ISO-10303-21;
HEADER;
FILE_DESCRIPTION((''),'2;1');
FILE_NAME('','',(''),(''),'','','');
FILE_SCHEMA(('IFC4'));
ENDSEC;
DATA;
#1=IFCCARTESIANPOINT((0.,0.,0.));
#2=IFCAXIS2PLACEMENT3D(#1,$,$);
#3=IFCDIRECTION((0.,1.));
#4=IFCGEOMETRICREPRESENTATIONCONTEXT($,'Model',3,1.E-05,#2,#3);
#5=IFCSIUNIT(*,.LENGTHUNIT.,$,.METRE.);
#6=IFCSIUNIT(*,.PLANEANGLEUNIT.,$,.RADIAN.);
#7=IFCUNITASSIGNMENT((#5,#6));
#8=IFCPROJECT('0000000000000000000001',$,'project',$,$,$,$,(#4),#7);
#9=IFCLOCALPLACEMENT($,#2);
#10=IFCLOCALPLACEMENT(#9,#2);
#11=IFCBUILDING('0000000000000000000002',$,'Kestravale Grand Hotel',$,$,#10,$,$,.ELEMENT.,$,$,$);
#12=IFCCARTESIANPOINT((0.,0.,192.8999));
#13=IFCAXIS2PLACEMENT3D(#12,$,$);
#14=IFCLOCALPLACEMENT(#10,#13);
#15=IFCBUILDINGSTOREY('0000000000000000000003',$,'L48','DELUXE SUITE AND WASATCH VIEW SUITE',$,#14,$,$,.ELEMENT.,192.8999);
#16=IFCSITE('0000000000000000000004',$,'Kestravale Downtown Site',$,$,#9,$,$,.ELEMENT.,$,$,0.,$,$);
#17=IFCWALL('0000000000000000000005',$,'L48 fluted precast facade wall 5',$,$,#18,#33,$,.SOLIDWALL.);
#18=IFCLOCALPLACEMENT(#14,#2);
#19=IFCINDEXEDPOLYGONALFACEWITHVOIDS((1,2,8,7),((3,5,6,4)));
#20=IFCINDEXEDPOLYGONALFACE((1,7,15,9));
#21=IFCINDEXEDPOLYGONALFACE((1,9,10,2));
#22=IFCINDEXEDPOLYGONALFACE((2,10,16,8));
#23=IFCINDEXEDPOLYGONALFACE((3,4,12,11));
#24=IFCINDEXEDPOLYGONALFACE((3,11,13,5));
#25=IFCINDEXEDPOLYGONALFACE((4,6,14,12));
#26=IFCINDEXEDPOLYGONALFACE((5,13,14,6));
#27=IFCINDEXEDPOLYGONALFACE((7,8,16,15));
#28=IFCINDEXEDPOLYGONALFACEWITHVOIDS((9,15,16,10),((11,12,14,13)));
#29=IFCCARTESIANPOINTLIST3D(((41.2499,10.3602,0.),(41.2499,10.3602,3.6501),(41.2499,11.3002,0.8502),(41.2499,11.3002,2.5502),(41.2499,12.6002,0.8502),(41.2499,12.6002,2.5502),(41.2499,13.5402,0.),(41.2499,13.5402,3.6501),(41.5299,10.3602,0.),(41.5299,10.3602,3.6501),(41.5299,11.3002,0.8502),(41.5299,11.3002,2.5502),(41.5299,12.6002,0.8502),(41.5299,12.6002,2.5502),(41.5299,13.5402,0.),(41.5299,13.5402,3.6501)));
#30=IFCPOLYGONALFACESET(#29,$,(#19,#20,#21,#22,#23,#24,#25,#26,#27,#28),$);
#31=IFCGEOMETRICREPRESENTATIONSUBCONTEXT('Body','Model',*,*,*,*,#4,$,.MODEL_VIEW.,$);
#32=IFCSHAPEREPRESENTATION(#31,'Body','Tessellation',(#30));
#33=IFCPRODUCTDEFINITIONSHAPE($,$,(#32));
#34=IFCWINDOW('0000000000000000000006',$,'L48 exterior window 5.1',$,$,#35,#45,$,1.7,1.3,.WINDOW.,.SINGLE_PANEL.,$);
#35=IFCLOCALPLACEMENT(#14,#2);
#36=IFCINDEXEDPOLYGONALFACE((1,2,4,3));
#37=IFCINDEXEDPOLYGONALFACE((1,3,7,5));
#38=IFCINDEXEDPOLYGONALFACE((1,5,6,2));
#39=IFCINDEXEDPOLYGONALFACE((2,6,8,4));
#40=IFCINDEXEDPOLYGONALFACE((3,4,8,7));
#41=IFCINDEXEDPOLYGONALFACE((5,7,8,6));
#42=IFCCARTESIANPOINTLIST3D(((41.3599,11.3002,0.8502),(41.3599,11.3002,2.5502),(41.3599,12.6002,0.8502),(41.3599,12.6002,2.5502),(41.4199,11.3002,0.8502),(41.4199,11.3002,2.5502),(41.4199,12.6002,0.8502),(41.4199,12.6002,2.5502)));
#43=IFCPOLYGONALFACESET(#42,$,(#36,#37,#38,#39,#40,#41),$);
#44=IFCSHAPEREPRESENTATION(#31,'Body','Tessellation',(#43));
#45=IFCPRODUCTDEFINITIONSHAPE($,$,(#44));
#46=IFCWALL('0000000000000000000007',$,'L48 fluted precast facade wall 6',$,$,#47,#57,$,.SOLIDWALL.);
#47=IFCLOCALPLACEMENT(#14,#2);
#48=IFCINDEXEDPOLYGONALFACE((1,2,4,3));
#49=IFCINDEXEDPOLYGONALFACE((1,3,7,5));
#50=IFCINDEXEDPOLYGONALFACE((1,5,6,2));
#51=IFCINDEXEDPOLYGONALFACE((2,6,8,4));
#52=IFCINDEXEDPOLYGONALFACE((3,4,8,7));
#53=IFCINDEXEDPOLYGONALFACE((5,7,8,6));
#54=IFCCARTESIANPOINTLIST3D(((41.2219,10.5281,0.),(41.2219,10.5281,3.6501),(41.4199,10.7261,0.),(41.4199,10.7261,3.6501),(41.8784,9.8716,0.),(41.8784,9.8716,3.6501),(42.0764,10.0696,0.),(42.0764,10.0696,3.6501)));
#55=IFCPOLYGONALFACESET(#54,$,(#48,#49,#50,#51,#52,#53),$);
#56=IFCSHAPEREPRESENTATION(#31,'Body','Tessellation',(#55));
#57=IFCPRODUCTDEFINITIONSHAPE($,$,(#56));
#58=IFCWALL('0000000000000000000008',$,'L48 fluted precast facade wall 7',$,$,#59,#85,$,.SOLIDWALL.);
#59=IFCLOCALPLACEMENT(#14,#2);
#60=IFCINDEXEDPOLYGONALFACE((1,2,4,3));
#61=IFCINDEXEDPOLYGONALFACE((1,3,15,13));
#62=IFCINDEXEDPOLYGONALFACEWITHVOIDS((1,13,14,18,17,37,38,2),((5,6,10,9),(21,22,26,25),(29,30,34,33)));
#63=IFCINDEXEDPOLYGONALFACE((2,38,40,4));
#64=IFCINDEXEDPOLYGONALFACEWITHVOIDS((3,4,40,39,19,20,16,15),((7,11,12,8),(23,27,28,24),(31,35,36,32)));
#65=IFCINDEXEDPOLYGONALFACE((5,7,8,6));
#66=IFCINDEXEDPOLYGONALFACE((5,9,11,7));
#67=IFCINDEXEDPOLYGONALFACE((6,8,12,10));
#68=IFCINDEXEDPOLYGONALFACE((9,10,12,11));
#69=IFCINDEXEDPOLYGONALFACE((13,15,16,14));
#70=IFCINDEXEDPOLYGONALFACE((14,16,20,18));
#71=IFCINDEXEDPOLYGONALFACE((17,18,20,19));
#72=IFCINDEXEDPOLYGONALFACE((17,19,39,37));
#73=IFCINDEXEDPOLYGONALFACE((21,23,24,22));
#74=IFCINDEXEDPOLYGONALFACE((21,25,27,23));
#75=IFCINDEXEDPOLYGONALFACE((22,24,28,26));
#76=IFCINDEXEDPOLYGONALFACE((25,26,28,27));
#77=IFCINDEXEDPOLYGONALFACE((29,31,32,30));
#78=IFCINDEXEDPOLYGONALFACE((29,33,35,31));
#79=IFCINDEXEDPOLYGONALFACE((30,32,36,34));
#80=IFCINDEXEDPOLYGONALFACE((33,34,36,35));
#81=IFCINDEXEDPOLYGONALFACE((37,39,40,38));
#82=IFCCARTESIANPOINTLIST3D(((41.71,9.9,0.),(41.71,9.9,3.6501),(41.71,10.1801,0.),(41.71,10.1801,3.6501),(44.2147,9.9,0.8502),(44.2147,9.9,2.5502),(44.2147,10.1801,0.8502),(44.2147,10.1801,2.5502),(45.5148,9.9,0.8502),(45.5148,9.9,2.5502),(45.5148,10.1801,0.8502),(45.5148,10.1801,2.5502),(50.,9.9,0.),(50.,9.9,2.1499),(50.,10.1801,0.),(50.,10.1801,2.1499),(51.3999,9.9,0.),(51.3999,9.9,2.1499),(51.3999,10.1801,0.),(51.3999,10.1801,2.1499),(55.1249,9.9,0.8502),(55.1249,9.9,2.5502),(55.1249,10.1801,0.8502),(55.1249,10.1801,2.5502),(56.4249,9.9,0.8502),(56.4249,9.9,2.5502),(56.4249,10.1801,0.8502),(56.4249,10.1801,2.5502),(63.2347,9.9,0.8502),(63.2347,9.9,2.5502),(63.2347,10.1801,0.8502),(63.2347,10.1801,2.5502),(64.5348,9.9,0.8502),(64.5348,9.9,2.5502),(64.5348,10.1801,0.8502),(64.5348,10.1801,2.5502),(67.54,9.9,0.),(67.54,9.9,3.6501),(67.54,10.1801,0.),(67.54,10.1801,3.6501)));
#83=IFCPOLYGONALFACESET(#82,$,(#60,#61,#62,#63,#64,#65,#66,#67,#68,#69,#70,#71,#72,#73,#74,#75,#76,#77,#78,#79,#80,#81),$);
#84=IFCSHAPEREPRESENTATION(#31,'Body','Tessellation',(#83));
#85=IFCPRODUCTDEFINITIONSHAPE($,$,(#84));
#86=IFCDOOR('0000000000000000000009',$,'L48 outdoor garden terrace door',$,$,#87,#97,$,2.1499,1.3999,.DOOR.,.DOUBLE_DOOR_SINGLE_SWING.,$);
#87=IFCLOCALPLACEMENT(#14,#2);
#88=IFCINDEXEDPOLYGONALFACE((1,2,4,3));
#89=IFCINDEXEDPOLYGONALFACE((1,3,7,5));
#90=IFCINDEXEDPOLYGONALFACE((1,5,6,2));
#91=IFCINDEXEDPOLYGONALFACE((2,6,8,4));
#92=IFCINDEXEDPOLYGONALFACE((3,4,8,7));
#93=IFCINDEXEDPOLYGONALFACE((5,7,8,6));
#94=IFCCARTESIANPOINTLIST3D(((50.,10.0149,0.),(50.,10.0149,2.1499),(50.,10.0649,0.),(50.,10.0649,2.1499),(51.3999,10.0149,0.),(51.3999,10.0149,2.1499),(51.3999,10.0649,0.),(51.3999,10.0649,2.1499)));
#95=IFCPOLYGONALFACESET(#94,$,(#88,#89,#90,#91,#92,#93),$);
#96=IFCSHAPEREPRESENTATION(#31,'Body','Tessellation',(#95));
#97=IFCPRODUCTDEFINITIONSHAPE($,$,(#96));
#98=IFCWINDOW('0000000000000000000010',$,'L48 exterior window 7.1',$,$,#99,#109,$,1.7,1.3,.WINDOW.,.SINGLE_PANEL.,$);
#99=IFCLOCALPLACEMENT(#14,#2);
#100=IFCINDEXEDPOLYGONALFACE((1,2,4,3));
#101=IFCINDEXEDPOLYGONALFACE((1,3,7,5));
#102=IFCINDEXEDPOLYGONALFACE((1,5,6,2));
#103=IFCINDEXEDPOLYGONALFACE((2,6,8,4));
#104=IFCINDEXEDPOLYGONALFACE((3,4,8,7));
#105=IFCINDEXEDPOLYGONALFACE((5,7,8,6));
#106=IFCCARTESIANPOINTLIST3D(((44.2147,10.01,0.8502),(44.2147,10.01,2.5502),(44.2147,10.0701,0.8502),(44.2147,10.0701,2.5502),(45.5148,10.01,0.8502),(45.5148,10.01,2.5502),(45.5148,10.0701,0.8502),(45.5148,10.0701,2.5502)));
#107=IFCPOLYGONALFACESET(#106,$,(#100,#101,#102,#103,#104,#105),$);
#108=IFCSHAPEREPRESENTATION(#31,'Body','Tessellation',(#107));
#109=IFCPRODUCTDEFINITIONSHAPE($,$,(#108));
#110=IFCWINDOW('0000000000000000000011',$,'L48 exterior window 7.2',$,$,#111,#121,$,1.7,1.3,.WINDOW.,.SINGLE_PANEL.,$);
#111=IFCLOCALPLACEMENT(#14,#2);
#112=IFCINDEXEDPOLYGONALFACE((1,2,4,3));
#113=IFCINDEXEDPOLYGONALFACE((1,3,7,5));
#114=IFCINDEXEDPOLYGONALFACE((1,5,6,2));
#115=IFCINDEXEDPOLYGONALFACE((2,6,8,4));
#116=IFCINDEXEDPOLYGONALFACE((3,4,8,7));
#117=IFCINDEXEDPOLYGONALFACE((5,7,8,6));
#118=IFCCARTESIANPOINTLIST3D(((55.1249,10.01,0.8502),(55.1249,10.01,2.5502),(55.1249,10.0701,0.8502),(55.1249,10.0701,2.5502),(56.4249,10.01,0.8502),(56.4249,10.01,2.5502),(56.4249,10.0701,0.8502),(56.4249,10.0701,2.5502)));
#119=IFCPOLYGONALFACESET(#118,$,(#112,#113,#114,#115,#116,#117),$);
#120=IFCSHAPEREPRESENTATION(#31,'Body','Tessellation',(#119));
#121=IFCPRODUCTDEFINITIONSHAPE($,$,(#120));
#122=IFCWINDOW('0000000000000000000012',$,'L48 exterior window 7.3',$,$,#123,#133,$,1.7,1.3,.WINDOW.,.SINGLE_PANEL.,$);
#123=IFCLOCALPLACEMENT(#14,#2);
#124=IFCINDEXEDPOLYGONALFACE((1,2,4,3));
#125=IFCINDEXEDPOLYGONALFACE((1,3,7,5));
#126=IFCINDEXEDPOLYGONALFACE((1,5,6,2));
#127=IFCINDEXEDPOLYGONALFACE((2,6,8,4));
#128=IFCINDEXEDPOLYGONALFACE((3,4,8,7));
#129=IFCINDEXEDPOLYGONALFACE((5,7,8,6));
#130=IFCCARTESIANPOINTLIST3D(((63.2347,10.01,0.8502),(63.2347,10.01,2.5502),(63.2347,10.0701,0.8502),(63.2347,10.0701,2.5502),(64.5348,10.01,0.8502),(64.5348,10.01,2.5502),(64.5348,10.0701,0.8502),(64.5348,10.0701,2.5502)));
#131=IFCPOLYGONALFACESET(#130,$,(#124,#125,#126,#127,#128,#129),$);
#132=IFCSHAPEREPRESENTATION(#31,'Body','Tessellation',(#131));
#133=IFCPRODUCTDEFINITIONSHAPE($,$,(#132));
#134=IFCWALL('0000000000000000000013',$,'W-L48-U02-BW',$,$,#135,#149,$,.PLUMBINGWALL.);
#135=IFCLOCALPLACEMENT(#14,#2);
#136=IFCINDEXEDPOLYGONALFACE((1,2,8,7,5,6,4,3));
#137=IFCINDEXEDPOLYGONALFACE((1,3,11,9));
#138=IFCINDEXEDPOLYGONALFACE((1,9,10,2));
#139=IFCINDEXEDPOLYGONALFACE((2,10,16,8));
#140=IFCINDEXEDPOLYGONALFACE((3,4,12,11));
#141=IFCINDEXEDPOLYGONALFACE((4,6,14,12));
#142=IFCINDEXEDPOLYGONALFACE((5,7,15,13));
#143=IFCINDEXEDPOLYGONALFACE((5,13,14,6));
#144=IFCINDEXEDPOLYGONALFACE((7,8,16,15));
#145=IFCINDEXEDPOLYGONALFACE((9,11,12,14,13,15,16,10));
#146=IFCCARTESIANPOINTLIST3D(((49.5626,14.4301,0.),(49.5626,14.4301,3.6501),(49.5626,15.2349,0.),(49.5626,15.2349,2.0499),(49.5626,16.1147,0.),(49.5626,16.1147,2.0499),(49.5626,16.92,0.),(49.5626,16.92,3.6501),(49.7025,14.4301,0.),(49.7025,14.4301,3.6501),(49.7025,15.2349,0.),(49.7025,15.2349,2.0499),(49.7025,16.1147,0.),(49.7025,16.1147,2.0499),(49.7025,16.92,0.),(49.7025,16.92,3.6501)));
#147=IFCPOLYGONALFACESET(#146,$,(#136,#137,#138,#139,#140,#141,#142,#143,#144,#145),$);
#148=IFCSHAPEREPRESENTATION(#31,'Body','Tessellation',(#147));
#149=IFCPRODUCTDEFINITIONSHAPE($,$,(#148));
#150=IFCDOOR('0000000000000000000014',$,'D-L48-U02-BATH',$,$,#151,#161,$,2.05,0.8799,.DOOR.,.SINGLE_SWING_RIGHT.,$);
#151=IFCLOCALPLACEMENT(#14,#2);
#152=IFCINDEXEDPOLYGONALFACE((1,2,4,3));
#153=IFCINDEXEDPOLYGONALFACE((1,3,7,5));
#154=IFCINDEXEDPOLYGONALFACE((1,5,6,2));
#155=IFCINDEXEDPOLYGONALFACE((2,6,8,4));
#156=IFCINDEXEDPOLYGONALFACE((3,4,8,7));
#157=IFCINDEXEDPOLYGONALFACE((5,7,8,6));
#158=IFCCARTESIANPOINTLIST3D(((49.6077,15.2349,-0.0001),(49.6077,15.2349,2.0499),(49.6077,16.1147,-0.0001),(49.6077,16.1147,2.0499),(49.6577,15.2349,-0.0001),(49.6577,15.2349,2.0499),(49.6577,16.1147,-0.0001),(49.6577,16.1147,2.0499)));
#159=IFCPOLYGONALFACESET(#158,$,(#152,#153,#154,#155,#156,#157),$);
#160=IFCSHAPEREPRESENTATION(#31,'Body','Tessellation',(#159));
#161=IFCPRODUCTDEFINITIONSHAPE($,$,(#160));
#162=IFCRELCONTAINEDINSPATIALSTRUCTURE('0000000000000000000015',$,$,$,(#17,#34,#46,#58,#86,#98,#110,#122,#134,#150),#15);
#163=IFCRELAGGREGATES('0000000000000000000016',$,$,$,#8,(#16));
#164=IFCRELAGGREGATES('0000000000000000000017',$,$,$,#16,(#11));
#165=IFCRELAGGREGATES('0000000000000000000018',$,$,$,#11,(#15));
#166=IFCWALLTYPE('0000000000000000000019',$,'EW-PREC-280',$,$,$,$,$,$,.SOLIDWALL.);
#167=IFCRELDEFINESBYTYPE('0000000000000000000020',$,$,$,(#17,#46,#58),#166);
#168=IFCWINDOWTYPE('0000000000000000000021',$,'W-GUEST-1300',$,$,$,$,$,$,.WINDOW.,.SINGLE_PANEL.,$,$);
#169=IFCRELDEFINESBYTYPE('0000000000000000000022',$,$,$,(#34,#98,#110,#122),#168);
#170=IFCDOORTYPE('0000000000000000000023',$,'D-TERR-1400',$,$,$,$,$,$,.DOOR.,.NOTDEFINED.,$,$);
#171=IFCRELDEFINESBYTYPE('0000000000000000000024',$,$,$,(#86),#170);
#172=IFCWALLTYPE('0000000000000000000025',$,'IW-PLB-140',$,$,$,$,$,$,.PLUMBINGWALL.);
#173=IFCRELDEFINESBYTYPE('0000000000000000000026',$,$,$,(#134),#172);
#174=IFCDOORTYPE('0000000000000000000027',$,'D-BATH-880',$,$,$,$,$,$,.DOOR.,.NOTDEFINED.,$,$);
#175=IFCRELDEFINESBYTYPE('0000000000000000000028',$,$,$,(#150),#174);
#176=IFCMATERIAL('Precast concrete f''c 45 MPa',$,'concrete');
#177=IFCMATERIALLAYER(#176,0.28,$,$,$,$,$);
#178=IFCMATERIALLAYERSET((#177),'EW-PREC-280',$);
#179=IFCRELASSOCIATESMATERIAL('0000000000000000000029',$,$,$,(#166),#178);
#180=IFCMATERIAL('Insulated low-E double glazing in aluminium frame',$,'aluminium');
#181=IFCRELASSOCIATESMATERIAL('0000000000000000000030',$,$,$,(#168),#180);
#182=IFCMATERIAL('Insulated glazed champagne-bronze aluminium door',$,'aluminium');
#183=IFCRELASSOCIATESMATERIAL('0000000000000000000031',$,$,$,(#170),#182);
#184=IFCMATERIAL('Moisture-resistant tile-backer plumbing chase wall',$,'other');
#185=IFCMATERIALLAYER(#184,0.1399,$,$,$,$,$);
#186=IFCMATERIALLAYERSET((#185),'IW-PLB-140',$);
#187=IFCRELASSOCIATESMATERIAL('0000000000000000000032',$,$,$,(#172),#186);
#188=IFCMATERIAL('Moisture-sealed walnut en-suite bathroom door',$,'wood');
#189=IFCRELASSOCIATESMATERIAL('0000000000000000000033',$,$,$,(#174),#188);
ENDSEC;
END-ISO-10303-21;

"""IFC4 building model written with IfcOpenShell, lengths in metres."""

from ifc_helpers import new_model, si_unit, direction, frame, frame_2d, origin, place, context, subcontext, project, spatial, rectangle, extrude, material, layer, layer_set, type_object, element, fill, save


model = new_model("IFC4")

# Units and contexts
model_context = context("Model", 3, precision=1e-05, world=origin(), true_north=direction((0.0, 1.0)))
body_context = subcontext(model_context, "Body", "Model", "MODEL_VIEW")
ifc_project = project(units=[si_unit("LENGTHUNIT", "METRE"), si_unit("PLANEANGLEUNIT", "RADIAN")], contexts=[model_context])

# Site, building, storey
site_placement = place(None, origin())
site = spatial("IfcSite", under=ifc_project, at=site_placement, Name="Kestravale Downtown Site", CompositionType="ELEMENT", RefElevation=0.0)
building_placement = place(site_placement, origin())
building = spatial("IfcBuilding", under=site, at=building_placement, Name="Kestravale Grand Hotel", CompositionType="ELEMENT")
storey_placement = place(building_placement, frame((0.0, 0.0, 192.8999)))
storey = spatial("IfcBuildingStorey", under=building, at=storey_placement, Name="L48", Description="DELUXE SUITE AND WASATCH VIEW SUITE", CompositionType="ELEMENT", Elevation=192.8999)

# Wall, opening, window
ifc_material_1 = material(Name="Precast concrete f'c 45 MPa", Category="concrete")
ifc_layer_1 = layer(ifc_material_1, 0.28)
ifc_layer_set_1 = layer_set([ifc_layer_1], Name="EW-PREC-280")
wall_type_1 = type_object("IfcWallType", Name="EW-PREC-280", PredefinedType="SOLIDWALL", material=ifc_layer_set_1)
wall_1_placement = place(storey_placement, frame((41.3899, 13.54, 0.0), z_axis=(0.0, 0.0, 1.0), x_axis=(0.0, -1.0, 0.0)))
wall_1 = element("IfcWall", 1, at=wall_1_placement, inside=storey, type_object=wall_type_1, Name="L48 fluted precast facade wall 5", PredefinedType="SOLIDWALL", context=body_context, shape_type="SweptSolid", body=[
    extrude(rectangle(XDim=3.1799, YDim=0.28, at=frame_2d((1.5898, 0.0))), origin(), (0.0, 0.0, 1.0), 3.6501),
])
opening_1_placement = place(wall_1_placement, frame((0.9399, 0.0, 0.8501)))
opening_1 = element("IfcOpeningElement", 2, at=opening_1_placement, cuts=wall_1, PredefinedType="OPENING", context=body_context, shape_type="SweptSolid", body=[
    extrude(rectangle(XDim=1.3, YDim=1.7, at=frame_2d((0.6499, 0.8501))), frame((0.0, 0.1499, 0.0), z_axis=(0.0, -1.0, 0.0), x_axis=(1.0, 0.0, 0.0)), (0.0, 0.0, 1.0), 0.3),
])
ifc_material_2 = material(Name="Insulated low-E double glazing in aluminium frame", Category="aluminium")
window_type = type_object("IfcWindowType", Name="W-GUEST-1300", PartitioningType="SINGLE_PANEL", PredefinedType="WINDOW", material=ifc_material_2)
window_1_placement = place(opening_1_placement, origin())
window_1 = element("IfcWindow", 3, at=window_1_placement, inside=storey, type_object=window_type, Name="L48 exterior window 5.1", OverallHeight=1.7, OverallWidth=1.3, PartitioningType="SINGLE_PANEL", PredefinedType="WINDOW", context=body_context, shape_type="SweptSolid", body=[
    extrude(rectangle(XDim=1.3, YDim=1.7, at=frame_2d((0.6499, 0.8501))), frame((0.0, 0.03, 0.0), z_axis=(0.0, -1.0, 0.0), x_axis=(1.0, 0.0, 0.0)), (0.0, 0.0, 1.0), 0.0601),
])
fill(opening_1, window_1)

# Wall
wall_2_placement = place(storey_placement, frame((41.3208, 10.6272, 0.0), z_axis=(0.0, 0.0, 1.0), x_axis=(0.707107, -0.707107, 0.0)))
element("IfcWall", 4, at=wall_2_placement, inside=storey, type_object=wall_type_1, Name="L48 fluted precast facade wall 6", PredefinedType="SOLIDWALL", context=body_context, shape_type="SweptSolid", body=[
    extrude(rectangle(XDim=0.9285, YDim=0.28, at=frame_2d((0.4644, 0.0))), origin(), (0.0, 0.0, 1.0), 3.6501),
])

# Wall, openings, door, windows
wall_3_placement = place(storey_placement, frame((41.71, 10.04, 0.0), z_axis=(0.0, 0.0, 1.0), x_axis=(1.0, 0.0, 0.0)))
wall_3 = element("IfcWall", 5, at=wall_3_placement, inside=storey, type_object=wall_type_1, Name="L48 fluted precast facade wall 7", PredefinedType="SOLIDWALL", context=body_context, shape_type="SweptSolid", body=[
    extrude(rectangle(XDim=25.8301, YDim=0.28, at=frame_2d((12.915, 0.0))), origin(), (0.0, 0.0, 1.0), 3.6501),
])
opening_2_placement = place(wall_3_placement, frame((8.29, 0.0, 0.0)))
opening_2 = element("IfcOpeningElement", 6, at=opening_2_placement, cuts=wall_3, PredefinedType="OPENING", context=body_context, shape_type="SweptSolid", body=[
    extrude(rectangle(XDim=1.3999, YDim=2.1499, at=frame_2d((0.7, 1.075))), frame((0.0, 0.1499, 0.0), z_axis=(0.0, -1.0, 0.0), x_axis=(1.0, 0.0, 0.0)), (0.0, 0.0, 1.0), 0.3),
])
opening_3_placement = place(wall_3_placement, frame((2.5049, 0.0, 0.8501)))
opening_3 = element("IfcOpeningElement", 7, at=opening_3_placement, cuts=wall_3, PredefinedType="OPENING", context=body_context, shape_type="SweptSolid", body=[
    extrude(rectangle(XDim=1.3, YDim=1.7, at=frame_2d((0.6499, 0.8501))), frame((0.0, 0.1499, 0.0), z_axis=(0.0, -1.0, 0.0), x_axis=(1.0, 0.0, 0.0)), (0.0, 0.0, 1.0), 0.3),
])
opening_4_placement = place(wall_3_placement, frame((13.415, 0.0, 0.8501)))
opening_4 = element("IfcOpeningElement", 8, at=opening_4_placement, cuts=wall_3, PredefinedType="OPENING", context=body_context, shape_type="SweptSolid", body=[
    extrude(rectangle(XDim=1.3, YDim=1.7, at=frame_2d((0.6499, 0.8501))), frame((0.0, 0.1499, 0.0), z_axis=(0.0, -1.0, 0.0), x_axis=(1.0, 0.0, 0.0)), (0.0, 0.0, 1.0), 0.3),
])
opening_5_placement = place(wall_3_placement, frame((21.5249, 0.0, 0.8501)))
opening_5 = element("IfcOpeningElement", 9, at=opening_5_placement, cuts=wall_3, PredefinedType="OPENING", context=body_context, shape_type="SweptSolid", body=[
    extrude(rectangle(XDim=1.3, YDim=1.7, at=frame_2d((0.6499, 0.8501))), frame((0.0, 0.1499, 0.0), z_axis=(0.0, -1.0, 0.0), x_axis=(1.0, 0.0, 0.0)), (0.0, 0.0, 1.0), 0.3),
])
ifc_material_3 = material(Name="Insulated glazed champagne-bronze aluminium door", Category="aluminium")
door_type_1 = type_object("IfcDoorType", Name="D-TERR-1400", OperationType="NOTDEFINED", PredefinedType="DOOR", material=ifc_material_3)
door_1_placement = place(opening_2_placement, origin())
door_1 = element("IfcDoor", 10, at=door_1_placement, inside=storey, type_object=door_type_1, Name="L48 outdoor garden terrace door", OperationType="DOUBLE_DOOR_SINGLE_SWING", OverallHeight=2.1499, OverallWidth=1.3999, PredefinedType="DOOR", context=body_context, shape_type="SweptSolid", body=[
    extrude(rectangle(XDim=1.3999, YDim=2.1499, at=frame_2d((0.7, 1.075))), frame((0.0, 0.0249, 0.0), z_axis=(0.0, -1.0, 0.0), x_axis=(1.0, 0.0, 0.0)), (0.0, 0.0, 1.0), 0.05),
])
fill(opening_2, door_1)
window_2_placement = place(opening_3_placement, origin())
window_2 = element("IfcWindow", 11, at=window_2_placement, inside=storey, type_object=window_type, Name="L48 exterior window 7.1", OverallHeight=1.7, OverallWidth=1.3, PartitioningType="SINGLE_PANEL", PredefinedType="WINDOW", context=body_context, shape_type="SweptSolid", body=[
    extrude(rectangle(XDim=1.3, YDim=1.7, at=frame_2d((0.6499, 0.8501))), frame((0.0, 0.03, 0.0), z_axis=(0.0, -1.0, 0.0), x_axis=(1.0, 0.0, 0.0)), (0.0, 0.0, 1.0), 0.0601),
])
fill(opening_3, window_2)
window_3_placement = place(opening_4_placement, origin())
window_3 = element("IfcWindow", 12, at=window_3_placement, inside=storey, type_object=window_type, Name="L48 exterior window 7.2", OverallHeight=1.7, OverallWidth=1.3, PartitioningType="SINGLE_PANEL", PredefinedType="WINDOW", context=body_context, shape_type="SweptSolid", body=[
    extrude(rectangle(XDim=1.3, YDim=1.7, at=frame_2d((0.6499, 0.8501))), frame((0.0, 0.03, 0.0), z_axis=(0.0, -1.0, 0.0), x_axis=(1.0, 0.0, 0.0)), (0.0, 0.0, 1.0), 0.0601),
])
fill(opening_4, window_3)
window_4_placement = place(opening_5_placement, origin())
window_4 = element("IfcWindow", 13, at=window_4_placement, inside=storey, type_object=window_type, Name="L48 exterior window 7.3", OverallHeight=1.7, OverallWidth=1.3, PartitioningType="SINGLE_PANEL", PredefinedType="WINDOW", context=body_context, shape_type="SweptSolid", body=[
    extrude(rectangle(XDim=1.3, YDim=1.7, at=frame_2d((0.6499, 0.8501))), frame((0.0, 0.03, 0.0), z_axis=(0.0, -1.0, 0.0), x_axis=(1.0, 0.0, 0.0)), (0.0, 0.0, 1.0), 0.0601),
])
fill(opening_5, window_4)

# Wall, opening, door
ifc_material_4 = material(Name="Moisture-resistant tile-backer plumbing chase wall", Category="other")
ifc_layer_2 = layer(ifc_material_4, 0.1399)
ifc_layer_set_2 = layer_set([ifc_layer_2], Name="IW-PLB-140")
wall_type_2 = type_object("IfcWallType", Name="IW-PLB-140", PredefinedType="PLUMBINGWALL", material=ifc_layer_set_2)
wall_4_placement = place(storey_placement, frame((49.6326, 14.4299, 0.0), z_axis=(0.0, 0.0, 1.0), x_axis=(0.0, 1.0, 0.0)))
wall_4 = element("IfcWall", 14, at=wall_4_placement, inside=storey, type_object=wall_type_2, Name="W-L48-U02-BW", PredefinedType="PLUMBINGWALL", context=body_context, shape_type="SweptSolid", body=[
    extrude(rectangle(XDim=2.49, YDim=0.1399, at=frame_2d((1.2451, 0.0))), origin(), (0.0, 0.0, 1.0), 3.6501),
])
opening_6_placement = place(wall_4_placement, frame((0.8049, 0.0, 0.0)))
opening_6 = element("IfcOpeningElement", 15, at=opening_6_placement, cuts=wall_4, PredefinedType="OPENING", context=body_context, shape_type="SweptSolid", body=[
    extrude(rectangle(XDim=0.8799, YDim=2.05, at=frame_2d((0.4399, 1.0249))), frame((0.0, 0.0798, 0.0), z_axis=(0.0, -1.0, 0.0), x_axis=(1.0, 0.0, 0.0)), (0.0, 0.0, 1.0), 0.1599),
])
ifc_material_5 = material(Name="Moisture-sealed walnut en-suite bathroom door", Category="wood")
door_type_2 = type_object("IfcDoorType", Name="D-BATH-880", OperationType="NOTDEFINED", PredefinedType="DOOR", material=ifc_material_5)
door_2_placement = place(opening_6_placement, origin())
door_2 = element("IfcDoor", 16, at=door_2_placement, inside=storey, type_object=door_type_2, Name="D-L48-U02-BATH", OperationType="SINGLE_SWING_RIGHT", OverallHeight=2.05, OverallWidth=0.8799, PredefinedType="DOOR", context=body_context, shape_type="SweptSolid", body=[
    extrude(rectangle(XDim=0.8799, YDim=2.05, at=frame_2d((0.4399, 1.0249))), frame((0.0, 0.0249, 0.0), z_axis=(0.0, -1.0, 0.0), x_axis=(1.0, 0.0, 0.0)), (0.0, 0.0, 1.0), 0.05),
])
fill(opening_6, door_2)

save(model, "model.ifc")
